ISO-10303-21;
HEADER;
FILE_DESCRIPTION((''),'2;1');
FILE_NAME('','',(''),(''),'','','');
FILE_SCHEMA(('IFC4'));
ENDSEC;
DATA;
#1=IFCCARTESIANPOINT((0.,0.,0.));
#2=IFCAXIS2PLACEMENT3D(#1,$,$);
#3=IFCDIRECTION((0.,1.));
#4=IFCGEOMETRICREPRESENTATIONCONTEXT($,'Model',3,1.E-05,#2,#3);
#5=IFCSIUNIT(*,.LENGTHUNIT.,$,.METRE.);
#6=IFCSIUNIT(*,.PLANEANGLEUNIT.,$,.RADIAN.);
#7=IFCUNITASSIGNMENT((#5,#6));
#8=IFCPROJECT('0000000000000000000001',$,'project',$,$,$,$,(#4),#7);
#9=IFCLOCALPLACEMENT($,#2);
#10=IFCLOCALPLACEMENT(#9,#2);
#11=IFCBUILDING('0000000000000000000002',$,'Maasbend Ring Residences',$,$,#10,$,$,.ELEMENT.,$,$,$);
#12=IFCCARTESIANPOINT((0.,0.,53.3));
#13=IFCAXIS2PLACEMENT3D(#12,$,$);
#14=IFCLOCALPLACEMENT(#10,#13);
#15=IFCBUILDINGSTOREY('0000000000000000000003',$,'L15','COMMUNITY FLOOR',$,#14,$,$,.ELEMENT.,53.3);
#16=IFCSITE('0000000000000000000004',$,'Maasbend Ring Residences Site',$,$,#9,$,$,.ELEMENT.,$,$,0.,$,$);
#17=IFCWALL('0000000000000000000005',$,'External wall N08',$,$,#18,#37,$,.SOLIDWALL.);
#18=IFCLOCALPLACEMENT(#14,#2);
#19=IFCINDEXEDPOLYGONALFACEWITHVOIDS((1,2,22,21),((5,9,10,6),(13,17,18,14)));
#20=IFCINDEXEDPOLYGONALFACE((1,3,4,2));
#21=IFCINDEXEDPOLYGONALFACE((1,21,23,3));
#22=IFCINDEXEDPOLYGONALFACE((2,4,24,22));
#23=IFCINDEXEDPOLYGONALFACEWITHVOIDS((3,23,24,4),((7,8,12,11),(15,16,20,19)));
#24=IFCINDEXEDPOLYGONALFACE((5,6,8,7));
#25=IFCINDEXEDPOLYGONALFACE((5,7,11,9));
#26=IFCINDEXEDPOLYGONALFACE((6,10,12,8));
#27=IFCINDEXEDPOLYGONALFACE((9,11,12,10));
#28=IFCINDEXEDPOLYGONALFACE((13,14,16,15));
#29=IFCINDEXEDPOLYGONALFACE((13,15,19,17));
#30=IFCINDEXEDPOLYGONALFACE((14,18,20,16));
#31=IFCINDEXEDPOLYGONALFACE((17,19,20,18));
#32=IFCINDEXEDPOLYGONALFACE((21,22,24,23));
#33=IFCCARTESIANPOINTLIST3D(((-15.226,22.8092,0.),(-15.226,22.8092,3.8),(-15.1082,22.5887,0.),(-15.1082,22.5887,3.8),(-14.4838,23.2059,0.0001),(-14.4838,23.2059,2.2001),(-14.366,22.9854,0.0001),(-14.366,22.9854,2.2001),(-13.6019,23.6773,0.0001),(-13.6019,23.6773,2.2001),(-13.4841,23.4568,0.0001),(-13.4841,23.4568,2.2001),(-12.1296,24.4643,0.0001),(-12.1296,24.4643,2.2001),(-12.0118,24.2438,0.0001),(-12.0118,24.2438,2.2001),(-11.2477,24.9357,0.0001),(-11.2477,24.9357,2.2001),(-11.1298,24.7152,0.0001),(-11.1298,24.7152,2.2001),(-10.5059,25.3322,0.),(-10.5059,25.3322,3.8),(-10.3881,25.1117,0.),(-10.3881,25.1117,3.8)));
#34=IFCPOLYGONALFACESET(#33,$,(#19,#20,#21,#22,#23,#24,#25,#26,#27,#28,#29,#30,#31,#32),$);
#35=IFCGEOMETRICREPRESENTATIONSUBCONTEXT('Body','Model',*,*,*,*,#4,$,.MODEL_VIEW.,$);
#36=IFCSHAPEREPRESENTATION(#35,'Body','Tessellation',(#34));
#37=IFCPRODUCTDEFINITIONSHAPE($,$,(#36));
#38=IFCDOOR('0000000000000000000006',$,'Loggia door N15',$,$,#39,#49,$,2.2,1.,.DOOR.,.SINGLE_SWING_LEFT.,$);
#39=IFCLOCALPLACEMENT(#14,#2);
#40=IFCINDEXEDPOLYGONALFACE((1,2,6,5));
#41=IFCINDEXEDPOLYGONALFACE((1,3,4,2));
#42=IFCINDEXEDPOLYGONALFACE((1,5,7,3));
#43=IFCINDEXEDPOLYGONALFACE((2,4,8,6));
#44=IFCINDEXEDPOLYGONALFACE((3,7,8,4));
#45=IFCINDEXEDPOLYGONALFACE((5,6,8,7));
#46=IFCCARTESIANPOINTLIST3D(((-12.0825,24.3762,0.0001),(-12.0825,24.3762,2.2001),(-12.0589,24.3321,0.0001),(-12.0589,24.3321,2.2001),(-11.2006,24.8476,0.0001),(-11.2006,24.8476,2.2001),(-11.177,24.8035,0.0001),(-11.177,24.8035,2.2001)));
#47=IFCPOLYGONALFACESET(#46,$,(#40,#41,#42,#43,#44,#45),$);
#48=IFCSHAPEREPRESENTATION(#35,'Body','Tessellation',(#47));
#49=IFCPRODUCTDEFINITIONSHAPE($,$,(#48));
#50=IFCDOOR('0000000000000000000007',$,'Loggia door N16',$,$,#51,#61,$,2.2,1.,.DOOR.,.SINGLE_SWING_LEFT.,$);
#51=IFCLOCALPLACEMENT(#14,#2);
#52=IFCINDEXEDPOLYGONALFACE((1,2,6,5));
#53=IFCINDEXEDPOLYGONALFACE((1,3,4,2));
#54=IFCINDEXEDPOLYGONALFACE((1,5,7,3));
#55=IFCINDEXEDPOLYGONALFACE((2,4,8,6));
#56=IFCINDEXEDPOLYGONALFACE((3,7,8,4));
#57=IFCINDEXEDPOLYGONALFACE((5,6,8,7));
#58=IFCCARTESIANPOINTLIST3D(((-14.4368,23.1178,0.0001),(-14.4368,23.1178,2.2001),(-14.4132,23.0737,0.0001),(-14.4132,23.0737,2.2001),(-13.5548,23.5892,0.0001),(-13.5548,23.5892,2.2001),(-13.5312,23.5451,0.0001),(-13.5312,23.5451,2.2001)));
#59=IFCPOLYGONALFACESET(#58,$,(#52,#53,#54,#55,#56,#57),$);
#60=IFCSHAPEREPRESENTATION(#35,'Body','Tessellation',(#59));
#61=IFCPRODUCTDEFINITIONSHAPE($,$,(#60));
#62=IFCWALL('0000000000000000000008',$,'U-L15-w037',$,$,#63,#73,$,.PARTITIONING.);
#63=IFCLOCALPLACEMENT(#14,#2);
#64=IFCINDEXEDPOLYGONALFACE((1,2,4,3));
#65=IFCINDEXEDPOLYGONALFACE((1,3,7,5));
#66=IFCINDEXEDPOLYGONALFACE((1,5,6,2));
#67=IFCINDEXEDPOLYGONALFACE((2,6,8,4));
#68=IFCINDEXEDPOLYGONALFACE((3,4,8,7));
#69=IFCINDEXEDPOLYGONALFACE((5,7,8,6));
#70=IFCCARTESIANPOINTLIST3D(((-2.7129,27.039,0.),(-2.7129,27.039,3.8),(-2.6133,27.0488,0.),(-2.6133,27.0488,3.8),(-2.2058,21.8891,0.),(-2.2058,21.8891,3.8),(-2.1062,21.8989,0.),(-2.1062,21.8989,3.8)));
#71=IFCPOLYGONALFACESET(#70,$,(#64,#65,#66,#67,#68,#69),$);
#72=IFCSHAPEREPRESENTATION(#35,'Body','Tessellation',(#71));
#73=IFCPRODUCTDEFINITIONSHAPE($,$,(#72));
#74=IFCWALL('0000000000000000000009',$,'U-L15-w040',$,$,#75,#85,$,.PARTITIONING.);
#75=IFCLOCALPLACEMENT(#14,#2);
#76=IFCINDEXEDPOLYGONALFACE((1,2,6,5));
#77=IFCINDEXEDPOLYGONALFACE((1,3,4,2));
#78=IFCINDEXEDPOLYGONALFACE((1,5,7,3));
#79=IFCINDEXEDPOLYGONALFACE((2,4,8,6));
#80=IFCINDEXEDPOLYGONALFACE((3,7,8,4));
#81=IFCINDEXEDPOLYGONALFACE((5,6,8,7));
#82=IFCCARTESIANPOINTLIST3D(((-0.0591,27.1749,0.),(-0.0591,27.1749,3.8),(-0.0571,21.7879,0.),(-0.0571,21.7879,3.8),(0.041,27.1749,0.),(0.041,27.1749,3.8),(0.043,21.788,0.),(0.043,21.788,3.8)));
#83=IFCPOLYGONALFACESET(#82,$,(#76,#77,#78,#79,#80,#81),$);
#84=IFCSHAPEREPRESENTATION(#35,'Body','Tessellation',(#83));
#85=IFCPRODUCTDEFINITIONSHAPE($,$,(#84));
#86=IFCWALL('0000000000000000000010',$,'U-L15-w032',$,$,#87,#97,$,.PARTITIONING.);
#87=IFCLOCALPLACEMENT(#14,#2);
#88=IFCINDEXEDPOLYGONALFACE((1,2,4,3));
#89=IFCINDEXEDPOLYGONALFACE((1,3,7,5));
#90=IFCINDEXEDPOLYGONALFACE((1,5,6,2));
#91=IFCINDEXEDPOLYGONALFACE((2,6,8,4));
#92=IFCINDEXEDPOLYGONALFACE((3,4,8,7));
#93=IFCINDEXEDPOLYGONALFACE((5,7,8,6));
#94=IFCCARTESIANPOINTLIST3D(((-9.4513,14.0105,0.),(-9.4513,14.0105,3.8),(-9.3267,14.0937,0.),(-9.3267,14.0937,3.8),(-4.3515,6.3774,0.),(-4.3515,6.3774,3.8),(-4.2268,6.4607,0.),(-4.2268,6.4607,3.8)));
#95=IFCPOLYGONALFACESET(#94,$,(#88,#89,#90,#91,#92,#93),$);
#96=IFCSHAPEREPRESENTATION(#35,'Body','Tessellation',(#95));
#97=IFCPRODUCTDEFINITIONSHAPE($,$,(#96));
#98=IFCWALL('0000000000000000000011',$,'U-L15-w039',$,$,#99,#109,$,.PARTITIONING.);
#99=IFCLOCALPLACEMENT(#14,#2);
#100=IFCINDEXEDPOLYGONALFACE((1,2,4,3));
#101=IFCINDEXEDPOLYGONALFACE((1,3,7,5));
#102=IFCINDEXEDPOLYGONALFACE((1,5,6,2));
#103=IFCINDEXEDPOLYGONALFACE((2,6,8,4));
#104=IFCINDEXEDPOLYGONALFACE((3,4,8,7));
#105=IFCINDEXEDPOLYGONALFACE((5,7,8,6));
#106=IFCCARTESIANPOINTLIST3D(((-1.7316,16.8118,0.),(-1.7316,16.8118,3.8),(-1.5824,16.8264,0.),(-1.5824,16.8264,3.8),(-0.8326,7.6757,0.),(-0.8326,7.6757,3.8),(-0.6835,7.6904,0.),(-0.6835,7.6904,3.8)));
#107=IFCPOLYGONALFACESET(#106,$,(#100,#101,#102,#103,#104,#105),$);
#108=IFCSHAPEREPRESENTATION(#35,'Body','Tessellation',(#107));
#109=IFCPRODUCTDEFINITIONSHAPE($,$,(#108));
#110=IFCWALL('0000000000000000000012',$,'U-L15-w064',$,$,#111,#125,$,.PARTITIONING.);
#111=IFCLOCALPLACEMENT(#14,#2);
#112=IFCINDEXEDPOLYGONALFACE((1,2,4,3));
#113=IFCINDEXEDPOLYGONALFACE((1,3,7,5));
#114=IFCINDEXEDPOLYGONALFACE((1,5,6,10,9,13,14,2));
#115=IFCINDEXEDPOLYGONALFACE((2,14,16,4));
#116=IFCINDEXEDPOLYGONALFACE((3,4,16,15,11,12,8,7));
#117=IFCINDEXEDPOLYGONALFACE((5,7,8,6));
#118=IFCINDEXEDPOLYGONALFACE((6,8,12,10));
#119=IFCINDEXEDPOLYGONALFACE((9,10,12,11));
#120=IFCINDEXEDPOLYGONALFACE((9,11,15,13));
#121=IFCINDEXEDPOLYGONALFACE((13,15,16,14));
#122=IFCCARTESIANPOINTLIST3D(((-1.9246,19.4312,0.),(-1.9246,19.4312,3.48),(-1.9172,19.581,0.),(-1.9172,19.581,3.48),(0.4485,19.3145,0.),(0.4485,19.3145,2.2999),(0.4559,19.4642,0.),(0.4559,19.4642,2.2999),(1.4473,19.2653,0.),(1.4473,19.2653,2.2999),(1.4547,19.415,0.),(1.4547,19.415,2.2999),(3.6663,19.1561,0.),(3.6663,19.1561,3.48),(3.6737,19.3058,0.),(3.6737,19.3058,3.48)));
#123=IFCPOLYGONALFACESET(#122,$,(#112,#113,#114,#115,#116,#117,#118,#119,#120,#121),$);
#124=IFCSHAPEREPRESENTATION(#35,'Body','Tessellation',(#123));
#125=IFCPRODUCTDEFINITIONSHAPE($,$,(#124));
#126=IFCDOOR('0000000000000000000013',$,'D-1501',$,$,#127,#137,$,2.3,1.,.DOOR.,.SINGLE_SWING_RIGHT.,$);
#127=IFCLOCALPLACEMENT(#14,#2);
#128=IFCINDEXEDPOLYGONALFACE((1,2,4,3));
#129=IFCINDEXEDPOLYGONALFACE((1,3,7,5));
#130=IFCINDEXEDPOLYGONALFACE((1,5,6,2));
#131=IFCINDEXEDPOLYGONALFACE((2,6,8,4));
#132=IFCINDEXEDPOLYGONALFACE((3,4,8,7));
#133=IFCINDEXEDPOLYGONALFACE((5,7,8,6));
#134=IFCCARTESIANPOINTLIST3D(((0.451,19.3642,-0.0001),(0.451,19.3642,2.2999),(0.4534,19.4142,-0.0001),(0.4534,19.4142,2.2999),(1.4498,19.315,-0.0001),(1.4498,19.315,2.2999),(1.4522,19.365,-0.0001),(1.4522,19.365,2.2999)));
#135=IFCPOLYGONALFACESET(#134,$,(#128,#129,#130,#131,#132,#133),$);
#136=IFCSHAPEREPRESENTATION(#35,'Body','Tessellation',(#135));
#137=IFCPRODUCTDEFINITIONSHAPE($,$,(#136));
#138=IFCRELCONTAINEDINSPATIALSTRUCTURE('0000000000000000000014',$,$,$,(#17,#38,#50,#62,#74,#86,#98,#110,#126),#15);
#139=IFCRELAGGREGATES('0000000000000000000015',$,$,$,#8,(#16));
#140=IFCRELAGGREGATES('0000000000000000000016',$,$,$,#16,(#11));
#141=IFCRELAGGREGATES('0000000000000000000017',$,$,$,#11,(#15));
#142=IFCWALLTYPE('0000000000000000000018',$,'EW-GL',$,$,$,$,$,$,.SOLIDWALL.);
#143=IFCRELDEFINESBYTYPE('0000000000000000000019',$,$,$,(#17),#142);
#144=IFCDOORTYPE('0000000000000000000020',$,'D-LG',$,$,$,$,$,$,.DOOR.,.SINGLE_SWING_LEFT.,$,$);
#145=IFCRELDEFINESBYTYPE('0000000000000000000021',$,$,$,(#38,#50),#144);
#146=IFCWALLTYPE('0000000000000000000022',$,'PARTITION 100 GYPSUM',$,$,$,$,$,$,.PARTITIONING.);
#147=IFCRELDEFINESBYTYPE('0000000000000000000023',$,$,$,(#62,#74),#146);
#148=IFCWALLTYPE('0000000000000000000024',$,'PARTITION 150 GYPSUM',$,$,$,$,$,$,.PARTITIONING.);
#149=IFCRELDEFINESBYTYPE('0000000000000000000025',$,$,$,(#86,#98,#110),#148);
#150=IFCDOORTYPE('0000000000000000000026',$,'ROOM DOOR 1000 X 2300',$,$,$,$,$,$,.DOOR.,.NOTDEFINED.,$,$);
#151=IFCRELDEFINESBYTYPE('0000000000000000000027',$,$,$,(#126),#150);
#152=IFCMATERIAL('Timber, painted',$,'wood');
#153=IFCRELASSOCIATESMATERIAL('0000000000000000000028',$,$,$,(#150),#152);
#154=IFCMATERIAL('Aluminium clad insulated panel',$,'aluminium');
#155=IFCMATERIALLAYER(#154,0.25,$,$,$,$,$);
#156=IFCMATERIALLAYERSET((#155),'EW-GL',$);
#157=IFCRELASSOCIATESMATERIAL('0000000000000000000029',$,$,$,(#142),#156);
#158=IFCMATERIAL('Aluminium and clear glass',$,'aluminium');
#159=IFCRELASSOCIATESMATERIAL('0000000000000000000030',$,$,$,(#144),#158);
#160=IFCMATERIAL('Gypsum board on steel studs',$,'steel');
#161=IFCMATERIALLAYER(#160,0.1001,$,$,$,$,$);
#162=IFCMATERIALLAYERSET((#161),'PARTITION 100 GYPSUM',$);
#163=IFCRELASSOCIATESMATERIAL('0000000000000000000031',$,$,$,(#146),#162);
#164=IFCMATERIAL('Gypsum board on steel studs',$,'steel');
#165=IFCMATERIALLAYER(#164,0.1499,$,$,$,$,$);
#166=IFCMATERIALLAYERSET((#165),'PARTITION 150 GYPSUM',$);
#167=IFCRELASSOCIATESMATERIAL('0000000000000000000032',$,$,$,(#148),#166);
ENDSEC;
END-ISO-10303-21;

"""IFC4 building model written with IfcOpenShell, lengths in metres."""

from ifc_helpers import new_model, si_unit, direction, frame, frame_2d, origin, place, context, subcontext, project, spatial, rectangle, extrude, material, layer, layer_set, type_object, element, fill, save


model = new_model("IFC4")

# Units and contexts
model_context = context("Model", 3, precision=1e-05, world=origin(), true_north=direction((0.0, 1.0)))
body_context = subcontext(model_context, "Body", "Model", "MODEL_VIEW")
ifc_project = project(units=[si_unit("LENGTHUNIT", "METRE"), si_unit("PLANEANGLEUNIT", "RADIAN")], contexts=[model_context])

# Site, building, storey
site_placement = place(None, origin())
site = spatial("IfcSite", under=ifc_project, at=site_placement, Name="Maasbend Ring Residences Site", CompositionType="ELEMENT", RefElevation=0.0)
building_placement = place(site_placement, origin())
building = spatial("IfcBuilding", under=site, at=building_placement, Name="Maasbend Ring Residences", CompositionType="ELEMENT")
storey_placement = place(building_placement, frame((0.0, 0.0, 53.3)))
storey = spatial("IfcBuildingStorey", under=building, at=storey_placement, Name="L15", Description="COMMUNITY FLOOR", CompositionType="ELEMENT", Elevation=53.3)

# Shared definitions
ifc_material_1 = material(Name="Timber, painted", Category="wood")
door_type_1 = type_object("IfcDoorType", Name="ROOM DOOR 1000 X 2300", OperationType="NOTDEFINED", PredefinedType="DOOR", material=ifc_material_1)

# Wall, openings, doors
ifc_material_2 = material(Name="Aluminium clad insulated panel", Category="aluminium")
ifc_layer_1 = layer(ifc_material_2, 0.25)
ifc_layer_set_1 = layer_set([ifc_layer_1], Name="EW-GL")
wall_type_1 = type_object("IfcWallType", Name="EW-GL", PredefinedType="SOLIDWALL", material=ifc_layer_set_1)
ifc_material_3 = material(Name="Aluminium and clear glass", Category="aluminium")
door_type_2 = type_object("IfcDoorType", Name="D-LG", OperationType="SINGLE_SWING_LEFT", PredefinedType="DOOR", material=ifc_material_3)
wall_1_placement = place(storey_placement, frame((-10.447, 25.2219, 0.0), z_axis=(0.0, 0.0, 1.0), x_axis=(-0.881916, -0.471407, 0.0)))
wall_1 = element("IfcWall", 1, at=wall_1_placement, inside=storey, type_object=wall_type_1, Name="External wall N08", PredefinedType="SOLIDWALL", context=body_context, shape_type="SweptSolid", body=[
    extrude(rectangle(XDim=5.3521, YDim=0.25, at=frame_2d((2.676, 0.0))), origin(), (0.0, 0.0, 1.0), 3.8),
])
opening_1_placement = place(wall_1_placement, frame((0.8411, 0.0, 0.0)))
opening_1 = element("IfcOpeningElement", 2, at=opening_1_placement, cuts=wall_1, PredefinedType="OPENING", context=body_context, shape_type="SweptSolid", body=[
    extrude(rectangle(XDim=1.0, YDim=2.2, at=frame_2d((0.5, 1.1001))), frame((0.0, 0.135, 0.0), z_axis=(0.0, -1.0, 0.0), x_axis=(1.0, 0.0, 0.0)), (0.0, 0.0, 1.0), 0.27),
])
opening_2_placement = place(wall_1_placement, frame((3.5105, 0.0, 0.0)))
opening_2 = element("IfcOpeningElement", 3, at=opening_2_placement, cuts=wall_1, PredefinedType="OPENING", context=body_context, shape_type="SweptSolid", body=[
    extrude(rectangle(XDim=1.0, YDim=2.2, at=frame_2d((0.5, 1.1001))), frame((0.0, 0.135, 0.0), z_axis=(0.0, -1.0, 0.0), x_axis=(1.0, 0.0, 0.0)), (0.0, 0.0, 1.0), 0.27),
])
door_1_placement = place(opening_1_placement, origin())
door_1 = element("IfcDoor", 4, at=door_1_placement, inside=storey, type_object=door_type_2, Name="Loggia door N15", OperationType="SINGLE_SWING_LEFT", OverallHeight=2.2, OverallWidth=1.0, PredefinedType="DOOR", context=body_context, shape_type="SweptSolid", body=[
    extrude(rectangle(XDim=1.0, YDim=2.2, at=frame_2d((0.5, 1.1001))), frame((0.0, 0.0249, 0.0), z_axis=(0.0, -1.0, 0.0), x_axis=(1.0, 0.0, 0.0)), (0.0, 0.0, 1.0), 0.05),
])
fill(opening_1, door_1)
door_2_placement = place(opening_2_placement, origin())
door_2 = element("IfcDoor", 5, at=door_2_placement, inside=storey, type_object=door_type_2, Name="Loggia door N16", OperationType="SINGLE_SWING_LEFT", OverallHeight=2.2, OverallWidth=1.0, PredefinedType="DOOR", context=body_context, shape_type="SweptSolid", body=[
    extrude(rectangle(XDim=1.0, YDim=2.2, at=frame_2d((0.5, 1.1001))), frame((0.0, 0.0249, 0.0), z_axis=(0.0, -1.0, 0.0), x_axis=(1.0, 0.0, 0.0)), (0.0, 0.0, 1.0), 0.05),
])
fill(opening_2, door_2)

# Walls
ifc_material_4 = material(Name="Gypsum board on steel studs", Category="steel")
ifc_layer_2 = layer(ifc_material_4, 0.1001)
ifc_layer_set_2 = layer_set([ifc_layer_2], Name="PARTITION 100 GYPSUM")
wall_type_2 = type_object("IfcWallType", Name="PARTITION 100 GYPSUM", PredefinedType="PARTITIONING", material=ifc_layer_set_2)
wall_2_placement = place(storey_placement, frame((-2.6631, 27.0439, 0.0), z_axis=(0.0, 0.0, 1.0), x_axis=(0.09799, -0.995187, 0.0)))
element("IfcWall", 6, at=wall_2_placement, inside=storey, type_object=wall_type_2, Name="U-L15-w037", PredefinedType="PARTITIONING", context=body_context, shape_type="SweptSolid", body=[
    extrude(rectangle(XDim=5.1748, YDim=0.1001, at=frame_2d((2.5874, 0.0))), origin(), (0.0, 0.0, 1.0), 3.8),
])
wall_3_placement = place(storey_placement, frame((-0.0071, 21.7881, 0.0), z_axis=(0.0, 0.0, 1.0), x_axis=(-0.000363, 1.0, 0.0)))
element("IfcWall", 7, at=wall_3_placement, inside=storey, type_object=wall_type_2, Name="U-L15-w040", PredefinedType="PARTITIONING", context=body_context, shape_type="SweptSolid", body=[
    extrude(rectangle(XDim=5.387, YDim=0.1001, at=frame_2d((2.6934, 0.0))), origin(), (0.0, 0.0, 1.0), 3.8),
])
ifc_material_5 = material(Name="Gypsum board on steel studs", Category="steel")
ifc_layer_3 = layer(ifc_material_5, 0.1499)
ifc_layer_set_3 = layer_set([ifc_layer_3], Name="PARTITION 150 GYPSUM")
wall_type_3 = type_object("IfcWallType", Name="PARTITION 150 GYPSUM", PredefinedType="PARTITIONING", material=ifc_layer_set_3)
wall_4_placement = place(storey_placement, frame((-9.3889, 14.052, 0.0), z_axis=(0.0, 0.0, 1.0), x_axis=(0.555541, -0.831489, 0.0)))
element("IfcWall", 8, at=wall_4_placement, inside=storey, type_object=wall_type_3, Name="U-L15-w032", PredefinedType="PARTITIONING", context=body_context, shape_type="SweptSolid", body=[
    extrude(rectangle(XDim=9.1799, YDim=0.1499, at=frame_2d((4.5898, 0.0))), origin(), (0.0, 0.0, 1.0), 3.8),
])
wall_5_placement = place(storey_placement, frame((-1.657, 16.8191, 0.0), z_axis=(0.0, 0.0, 1.0), x_axis=(0.097921, -0.995194, 0.0)))
element("IfcWall", 9, at=wall_5_placement, inside=storey, type_object=wall_type_3, Name="U-L15-w039", PredefinedType="PARTITIONING", context=body_context, shape_type="SweptSolid", body=[
    extrude(rectangle(XDim=9.1802, YDim=0.1499, at=frame_2d((4.5901, 0.0))), origin(), (0.0, 0.0, 1.0), 3.8),
])

# Wall, opening, door
wall_6_placement = place(storey_placement, frame((-1.9209, 19.5061, 0.0), z_axis=(0.0, 0.0, 1.0), x_axis=(0.998791, -0.049154, 0.0)))
wall_6 = element("IfcWall", 10, at=wall_6_placement, inside=storey, type_object=wall_type_3, Name="U-L15-w064", PredefinedType="PARTITIONING", context=body_context, shape_type="SweptSolid", body=[
    extrude(rectangle(XDim=5.5977, YDim=0.1499, at=frame_2d((2.7988, 0.0))), origin(), (0.0, 0.0, 1.0), 3.48),
])
opening_3_placement = place(wall_6_placement, frame((2.376, 0.0, 0.0)))
opening_3 = element("IfcOpeningElement", 11, at=opening_3_placement, cuts=wall_6, PredefinedType="OPENING", context=body_context, shape_type="SweptSolid", body=[
    extrude(rectangle(XDim=1.0, YDim=2.3, at=frame_2d((0.5, 1.1499))), frame((0.0, 0.085, 0.0), z_axis=(0.0, -1.0, 0.0), x_axis=(1.0, 0.0, 0.0)), (0.0, 0.0, 1.0), 0.1699),
])
door_3_placement = place(opening_3_placement, origin())
door_3 = element("IfcDoor", 12, at=door_3_placement, inside=storey, type_object=door_type_1, Name="D-1501", OperationType="SINGLE_SWING_RIGHT", OverallHeight=2.3, OverallWidth=1.0, PredefinedType="DOOR", context=body_context, shape_type="SweptSolid", body=[
    extrude(rectangle(XDim=1.0, YDim=2.3, at=frame_2d((0.5, 1.1499))), frame((0.0, 0.0249, 0.0), z_axis=(0.0, -1.0, 0.0), x_axis=(1.0, 0.0, 0.0)), (0.0, 0.0, 1.0), 0.05),
])
fill(opening_3, door_3)

save(model, "model.ifc")
